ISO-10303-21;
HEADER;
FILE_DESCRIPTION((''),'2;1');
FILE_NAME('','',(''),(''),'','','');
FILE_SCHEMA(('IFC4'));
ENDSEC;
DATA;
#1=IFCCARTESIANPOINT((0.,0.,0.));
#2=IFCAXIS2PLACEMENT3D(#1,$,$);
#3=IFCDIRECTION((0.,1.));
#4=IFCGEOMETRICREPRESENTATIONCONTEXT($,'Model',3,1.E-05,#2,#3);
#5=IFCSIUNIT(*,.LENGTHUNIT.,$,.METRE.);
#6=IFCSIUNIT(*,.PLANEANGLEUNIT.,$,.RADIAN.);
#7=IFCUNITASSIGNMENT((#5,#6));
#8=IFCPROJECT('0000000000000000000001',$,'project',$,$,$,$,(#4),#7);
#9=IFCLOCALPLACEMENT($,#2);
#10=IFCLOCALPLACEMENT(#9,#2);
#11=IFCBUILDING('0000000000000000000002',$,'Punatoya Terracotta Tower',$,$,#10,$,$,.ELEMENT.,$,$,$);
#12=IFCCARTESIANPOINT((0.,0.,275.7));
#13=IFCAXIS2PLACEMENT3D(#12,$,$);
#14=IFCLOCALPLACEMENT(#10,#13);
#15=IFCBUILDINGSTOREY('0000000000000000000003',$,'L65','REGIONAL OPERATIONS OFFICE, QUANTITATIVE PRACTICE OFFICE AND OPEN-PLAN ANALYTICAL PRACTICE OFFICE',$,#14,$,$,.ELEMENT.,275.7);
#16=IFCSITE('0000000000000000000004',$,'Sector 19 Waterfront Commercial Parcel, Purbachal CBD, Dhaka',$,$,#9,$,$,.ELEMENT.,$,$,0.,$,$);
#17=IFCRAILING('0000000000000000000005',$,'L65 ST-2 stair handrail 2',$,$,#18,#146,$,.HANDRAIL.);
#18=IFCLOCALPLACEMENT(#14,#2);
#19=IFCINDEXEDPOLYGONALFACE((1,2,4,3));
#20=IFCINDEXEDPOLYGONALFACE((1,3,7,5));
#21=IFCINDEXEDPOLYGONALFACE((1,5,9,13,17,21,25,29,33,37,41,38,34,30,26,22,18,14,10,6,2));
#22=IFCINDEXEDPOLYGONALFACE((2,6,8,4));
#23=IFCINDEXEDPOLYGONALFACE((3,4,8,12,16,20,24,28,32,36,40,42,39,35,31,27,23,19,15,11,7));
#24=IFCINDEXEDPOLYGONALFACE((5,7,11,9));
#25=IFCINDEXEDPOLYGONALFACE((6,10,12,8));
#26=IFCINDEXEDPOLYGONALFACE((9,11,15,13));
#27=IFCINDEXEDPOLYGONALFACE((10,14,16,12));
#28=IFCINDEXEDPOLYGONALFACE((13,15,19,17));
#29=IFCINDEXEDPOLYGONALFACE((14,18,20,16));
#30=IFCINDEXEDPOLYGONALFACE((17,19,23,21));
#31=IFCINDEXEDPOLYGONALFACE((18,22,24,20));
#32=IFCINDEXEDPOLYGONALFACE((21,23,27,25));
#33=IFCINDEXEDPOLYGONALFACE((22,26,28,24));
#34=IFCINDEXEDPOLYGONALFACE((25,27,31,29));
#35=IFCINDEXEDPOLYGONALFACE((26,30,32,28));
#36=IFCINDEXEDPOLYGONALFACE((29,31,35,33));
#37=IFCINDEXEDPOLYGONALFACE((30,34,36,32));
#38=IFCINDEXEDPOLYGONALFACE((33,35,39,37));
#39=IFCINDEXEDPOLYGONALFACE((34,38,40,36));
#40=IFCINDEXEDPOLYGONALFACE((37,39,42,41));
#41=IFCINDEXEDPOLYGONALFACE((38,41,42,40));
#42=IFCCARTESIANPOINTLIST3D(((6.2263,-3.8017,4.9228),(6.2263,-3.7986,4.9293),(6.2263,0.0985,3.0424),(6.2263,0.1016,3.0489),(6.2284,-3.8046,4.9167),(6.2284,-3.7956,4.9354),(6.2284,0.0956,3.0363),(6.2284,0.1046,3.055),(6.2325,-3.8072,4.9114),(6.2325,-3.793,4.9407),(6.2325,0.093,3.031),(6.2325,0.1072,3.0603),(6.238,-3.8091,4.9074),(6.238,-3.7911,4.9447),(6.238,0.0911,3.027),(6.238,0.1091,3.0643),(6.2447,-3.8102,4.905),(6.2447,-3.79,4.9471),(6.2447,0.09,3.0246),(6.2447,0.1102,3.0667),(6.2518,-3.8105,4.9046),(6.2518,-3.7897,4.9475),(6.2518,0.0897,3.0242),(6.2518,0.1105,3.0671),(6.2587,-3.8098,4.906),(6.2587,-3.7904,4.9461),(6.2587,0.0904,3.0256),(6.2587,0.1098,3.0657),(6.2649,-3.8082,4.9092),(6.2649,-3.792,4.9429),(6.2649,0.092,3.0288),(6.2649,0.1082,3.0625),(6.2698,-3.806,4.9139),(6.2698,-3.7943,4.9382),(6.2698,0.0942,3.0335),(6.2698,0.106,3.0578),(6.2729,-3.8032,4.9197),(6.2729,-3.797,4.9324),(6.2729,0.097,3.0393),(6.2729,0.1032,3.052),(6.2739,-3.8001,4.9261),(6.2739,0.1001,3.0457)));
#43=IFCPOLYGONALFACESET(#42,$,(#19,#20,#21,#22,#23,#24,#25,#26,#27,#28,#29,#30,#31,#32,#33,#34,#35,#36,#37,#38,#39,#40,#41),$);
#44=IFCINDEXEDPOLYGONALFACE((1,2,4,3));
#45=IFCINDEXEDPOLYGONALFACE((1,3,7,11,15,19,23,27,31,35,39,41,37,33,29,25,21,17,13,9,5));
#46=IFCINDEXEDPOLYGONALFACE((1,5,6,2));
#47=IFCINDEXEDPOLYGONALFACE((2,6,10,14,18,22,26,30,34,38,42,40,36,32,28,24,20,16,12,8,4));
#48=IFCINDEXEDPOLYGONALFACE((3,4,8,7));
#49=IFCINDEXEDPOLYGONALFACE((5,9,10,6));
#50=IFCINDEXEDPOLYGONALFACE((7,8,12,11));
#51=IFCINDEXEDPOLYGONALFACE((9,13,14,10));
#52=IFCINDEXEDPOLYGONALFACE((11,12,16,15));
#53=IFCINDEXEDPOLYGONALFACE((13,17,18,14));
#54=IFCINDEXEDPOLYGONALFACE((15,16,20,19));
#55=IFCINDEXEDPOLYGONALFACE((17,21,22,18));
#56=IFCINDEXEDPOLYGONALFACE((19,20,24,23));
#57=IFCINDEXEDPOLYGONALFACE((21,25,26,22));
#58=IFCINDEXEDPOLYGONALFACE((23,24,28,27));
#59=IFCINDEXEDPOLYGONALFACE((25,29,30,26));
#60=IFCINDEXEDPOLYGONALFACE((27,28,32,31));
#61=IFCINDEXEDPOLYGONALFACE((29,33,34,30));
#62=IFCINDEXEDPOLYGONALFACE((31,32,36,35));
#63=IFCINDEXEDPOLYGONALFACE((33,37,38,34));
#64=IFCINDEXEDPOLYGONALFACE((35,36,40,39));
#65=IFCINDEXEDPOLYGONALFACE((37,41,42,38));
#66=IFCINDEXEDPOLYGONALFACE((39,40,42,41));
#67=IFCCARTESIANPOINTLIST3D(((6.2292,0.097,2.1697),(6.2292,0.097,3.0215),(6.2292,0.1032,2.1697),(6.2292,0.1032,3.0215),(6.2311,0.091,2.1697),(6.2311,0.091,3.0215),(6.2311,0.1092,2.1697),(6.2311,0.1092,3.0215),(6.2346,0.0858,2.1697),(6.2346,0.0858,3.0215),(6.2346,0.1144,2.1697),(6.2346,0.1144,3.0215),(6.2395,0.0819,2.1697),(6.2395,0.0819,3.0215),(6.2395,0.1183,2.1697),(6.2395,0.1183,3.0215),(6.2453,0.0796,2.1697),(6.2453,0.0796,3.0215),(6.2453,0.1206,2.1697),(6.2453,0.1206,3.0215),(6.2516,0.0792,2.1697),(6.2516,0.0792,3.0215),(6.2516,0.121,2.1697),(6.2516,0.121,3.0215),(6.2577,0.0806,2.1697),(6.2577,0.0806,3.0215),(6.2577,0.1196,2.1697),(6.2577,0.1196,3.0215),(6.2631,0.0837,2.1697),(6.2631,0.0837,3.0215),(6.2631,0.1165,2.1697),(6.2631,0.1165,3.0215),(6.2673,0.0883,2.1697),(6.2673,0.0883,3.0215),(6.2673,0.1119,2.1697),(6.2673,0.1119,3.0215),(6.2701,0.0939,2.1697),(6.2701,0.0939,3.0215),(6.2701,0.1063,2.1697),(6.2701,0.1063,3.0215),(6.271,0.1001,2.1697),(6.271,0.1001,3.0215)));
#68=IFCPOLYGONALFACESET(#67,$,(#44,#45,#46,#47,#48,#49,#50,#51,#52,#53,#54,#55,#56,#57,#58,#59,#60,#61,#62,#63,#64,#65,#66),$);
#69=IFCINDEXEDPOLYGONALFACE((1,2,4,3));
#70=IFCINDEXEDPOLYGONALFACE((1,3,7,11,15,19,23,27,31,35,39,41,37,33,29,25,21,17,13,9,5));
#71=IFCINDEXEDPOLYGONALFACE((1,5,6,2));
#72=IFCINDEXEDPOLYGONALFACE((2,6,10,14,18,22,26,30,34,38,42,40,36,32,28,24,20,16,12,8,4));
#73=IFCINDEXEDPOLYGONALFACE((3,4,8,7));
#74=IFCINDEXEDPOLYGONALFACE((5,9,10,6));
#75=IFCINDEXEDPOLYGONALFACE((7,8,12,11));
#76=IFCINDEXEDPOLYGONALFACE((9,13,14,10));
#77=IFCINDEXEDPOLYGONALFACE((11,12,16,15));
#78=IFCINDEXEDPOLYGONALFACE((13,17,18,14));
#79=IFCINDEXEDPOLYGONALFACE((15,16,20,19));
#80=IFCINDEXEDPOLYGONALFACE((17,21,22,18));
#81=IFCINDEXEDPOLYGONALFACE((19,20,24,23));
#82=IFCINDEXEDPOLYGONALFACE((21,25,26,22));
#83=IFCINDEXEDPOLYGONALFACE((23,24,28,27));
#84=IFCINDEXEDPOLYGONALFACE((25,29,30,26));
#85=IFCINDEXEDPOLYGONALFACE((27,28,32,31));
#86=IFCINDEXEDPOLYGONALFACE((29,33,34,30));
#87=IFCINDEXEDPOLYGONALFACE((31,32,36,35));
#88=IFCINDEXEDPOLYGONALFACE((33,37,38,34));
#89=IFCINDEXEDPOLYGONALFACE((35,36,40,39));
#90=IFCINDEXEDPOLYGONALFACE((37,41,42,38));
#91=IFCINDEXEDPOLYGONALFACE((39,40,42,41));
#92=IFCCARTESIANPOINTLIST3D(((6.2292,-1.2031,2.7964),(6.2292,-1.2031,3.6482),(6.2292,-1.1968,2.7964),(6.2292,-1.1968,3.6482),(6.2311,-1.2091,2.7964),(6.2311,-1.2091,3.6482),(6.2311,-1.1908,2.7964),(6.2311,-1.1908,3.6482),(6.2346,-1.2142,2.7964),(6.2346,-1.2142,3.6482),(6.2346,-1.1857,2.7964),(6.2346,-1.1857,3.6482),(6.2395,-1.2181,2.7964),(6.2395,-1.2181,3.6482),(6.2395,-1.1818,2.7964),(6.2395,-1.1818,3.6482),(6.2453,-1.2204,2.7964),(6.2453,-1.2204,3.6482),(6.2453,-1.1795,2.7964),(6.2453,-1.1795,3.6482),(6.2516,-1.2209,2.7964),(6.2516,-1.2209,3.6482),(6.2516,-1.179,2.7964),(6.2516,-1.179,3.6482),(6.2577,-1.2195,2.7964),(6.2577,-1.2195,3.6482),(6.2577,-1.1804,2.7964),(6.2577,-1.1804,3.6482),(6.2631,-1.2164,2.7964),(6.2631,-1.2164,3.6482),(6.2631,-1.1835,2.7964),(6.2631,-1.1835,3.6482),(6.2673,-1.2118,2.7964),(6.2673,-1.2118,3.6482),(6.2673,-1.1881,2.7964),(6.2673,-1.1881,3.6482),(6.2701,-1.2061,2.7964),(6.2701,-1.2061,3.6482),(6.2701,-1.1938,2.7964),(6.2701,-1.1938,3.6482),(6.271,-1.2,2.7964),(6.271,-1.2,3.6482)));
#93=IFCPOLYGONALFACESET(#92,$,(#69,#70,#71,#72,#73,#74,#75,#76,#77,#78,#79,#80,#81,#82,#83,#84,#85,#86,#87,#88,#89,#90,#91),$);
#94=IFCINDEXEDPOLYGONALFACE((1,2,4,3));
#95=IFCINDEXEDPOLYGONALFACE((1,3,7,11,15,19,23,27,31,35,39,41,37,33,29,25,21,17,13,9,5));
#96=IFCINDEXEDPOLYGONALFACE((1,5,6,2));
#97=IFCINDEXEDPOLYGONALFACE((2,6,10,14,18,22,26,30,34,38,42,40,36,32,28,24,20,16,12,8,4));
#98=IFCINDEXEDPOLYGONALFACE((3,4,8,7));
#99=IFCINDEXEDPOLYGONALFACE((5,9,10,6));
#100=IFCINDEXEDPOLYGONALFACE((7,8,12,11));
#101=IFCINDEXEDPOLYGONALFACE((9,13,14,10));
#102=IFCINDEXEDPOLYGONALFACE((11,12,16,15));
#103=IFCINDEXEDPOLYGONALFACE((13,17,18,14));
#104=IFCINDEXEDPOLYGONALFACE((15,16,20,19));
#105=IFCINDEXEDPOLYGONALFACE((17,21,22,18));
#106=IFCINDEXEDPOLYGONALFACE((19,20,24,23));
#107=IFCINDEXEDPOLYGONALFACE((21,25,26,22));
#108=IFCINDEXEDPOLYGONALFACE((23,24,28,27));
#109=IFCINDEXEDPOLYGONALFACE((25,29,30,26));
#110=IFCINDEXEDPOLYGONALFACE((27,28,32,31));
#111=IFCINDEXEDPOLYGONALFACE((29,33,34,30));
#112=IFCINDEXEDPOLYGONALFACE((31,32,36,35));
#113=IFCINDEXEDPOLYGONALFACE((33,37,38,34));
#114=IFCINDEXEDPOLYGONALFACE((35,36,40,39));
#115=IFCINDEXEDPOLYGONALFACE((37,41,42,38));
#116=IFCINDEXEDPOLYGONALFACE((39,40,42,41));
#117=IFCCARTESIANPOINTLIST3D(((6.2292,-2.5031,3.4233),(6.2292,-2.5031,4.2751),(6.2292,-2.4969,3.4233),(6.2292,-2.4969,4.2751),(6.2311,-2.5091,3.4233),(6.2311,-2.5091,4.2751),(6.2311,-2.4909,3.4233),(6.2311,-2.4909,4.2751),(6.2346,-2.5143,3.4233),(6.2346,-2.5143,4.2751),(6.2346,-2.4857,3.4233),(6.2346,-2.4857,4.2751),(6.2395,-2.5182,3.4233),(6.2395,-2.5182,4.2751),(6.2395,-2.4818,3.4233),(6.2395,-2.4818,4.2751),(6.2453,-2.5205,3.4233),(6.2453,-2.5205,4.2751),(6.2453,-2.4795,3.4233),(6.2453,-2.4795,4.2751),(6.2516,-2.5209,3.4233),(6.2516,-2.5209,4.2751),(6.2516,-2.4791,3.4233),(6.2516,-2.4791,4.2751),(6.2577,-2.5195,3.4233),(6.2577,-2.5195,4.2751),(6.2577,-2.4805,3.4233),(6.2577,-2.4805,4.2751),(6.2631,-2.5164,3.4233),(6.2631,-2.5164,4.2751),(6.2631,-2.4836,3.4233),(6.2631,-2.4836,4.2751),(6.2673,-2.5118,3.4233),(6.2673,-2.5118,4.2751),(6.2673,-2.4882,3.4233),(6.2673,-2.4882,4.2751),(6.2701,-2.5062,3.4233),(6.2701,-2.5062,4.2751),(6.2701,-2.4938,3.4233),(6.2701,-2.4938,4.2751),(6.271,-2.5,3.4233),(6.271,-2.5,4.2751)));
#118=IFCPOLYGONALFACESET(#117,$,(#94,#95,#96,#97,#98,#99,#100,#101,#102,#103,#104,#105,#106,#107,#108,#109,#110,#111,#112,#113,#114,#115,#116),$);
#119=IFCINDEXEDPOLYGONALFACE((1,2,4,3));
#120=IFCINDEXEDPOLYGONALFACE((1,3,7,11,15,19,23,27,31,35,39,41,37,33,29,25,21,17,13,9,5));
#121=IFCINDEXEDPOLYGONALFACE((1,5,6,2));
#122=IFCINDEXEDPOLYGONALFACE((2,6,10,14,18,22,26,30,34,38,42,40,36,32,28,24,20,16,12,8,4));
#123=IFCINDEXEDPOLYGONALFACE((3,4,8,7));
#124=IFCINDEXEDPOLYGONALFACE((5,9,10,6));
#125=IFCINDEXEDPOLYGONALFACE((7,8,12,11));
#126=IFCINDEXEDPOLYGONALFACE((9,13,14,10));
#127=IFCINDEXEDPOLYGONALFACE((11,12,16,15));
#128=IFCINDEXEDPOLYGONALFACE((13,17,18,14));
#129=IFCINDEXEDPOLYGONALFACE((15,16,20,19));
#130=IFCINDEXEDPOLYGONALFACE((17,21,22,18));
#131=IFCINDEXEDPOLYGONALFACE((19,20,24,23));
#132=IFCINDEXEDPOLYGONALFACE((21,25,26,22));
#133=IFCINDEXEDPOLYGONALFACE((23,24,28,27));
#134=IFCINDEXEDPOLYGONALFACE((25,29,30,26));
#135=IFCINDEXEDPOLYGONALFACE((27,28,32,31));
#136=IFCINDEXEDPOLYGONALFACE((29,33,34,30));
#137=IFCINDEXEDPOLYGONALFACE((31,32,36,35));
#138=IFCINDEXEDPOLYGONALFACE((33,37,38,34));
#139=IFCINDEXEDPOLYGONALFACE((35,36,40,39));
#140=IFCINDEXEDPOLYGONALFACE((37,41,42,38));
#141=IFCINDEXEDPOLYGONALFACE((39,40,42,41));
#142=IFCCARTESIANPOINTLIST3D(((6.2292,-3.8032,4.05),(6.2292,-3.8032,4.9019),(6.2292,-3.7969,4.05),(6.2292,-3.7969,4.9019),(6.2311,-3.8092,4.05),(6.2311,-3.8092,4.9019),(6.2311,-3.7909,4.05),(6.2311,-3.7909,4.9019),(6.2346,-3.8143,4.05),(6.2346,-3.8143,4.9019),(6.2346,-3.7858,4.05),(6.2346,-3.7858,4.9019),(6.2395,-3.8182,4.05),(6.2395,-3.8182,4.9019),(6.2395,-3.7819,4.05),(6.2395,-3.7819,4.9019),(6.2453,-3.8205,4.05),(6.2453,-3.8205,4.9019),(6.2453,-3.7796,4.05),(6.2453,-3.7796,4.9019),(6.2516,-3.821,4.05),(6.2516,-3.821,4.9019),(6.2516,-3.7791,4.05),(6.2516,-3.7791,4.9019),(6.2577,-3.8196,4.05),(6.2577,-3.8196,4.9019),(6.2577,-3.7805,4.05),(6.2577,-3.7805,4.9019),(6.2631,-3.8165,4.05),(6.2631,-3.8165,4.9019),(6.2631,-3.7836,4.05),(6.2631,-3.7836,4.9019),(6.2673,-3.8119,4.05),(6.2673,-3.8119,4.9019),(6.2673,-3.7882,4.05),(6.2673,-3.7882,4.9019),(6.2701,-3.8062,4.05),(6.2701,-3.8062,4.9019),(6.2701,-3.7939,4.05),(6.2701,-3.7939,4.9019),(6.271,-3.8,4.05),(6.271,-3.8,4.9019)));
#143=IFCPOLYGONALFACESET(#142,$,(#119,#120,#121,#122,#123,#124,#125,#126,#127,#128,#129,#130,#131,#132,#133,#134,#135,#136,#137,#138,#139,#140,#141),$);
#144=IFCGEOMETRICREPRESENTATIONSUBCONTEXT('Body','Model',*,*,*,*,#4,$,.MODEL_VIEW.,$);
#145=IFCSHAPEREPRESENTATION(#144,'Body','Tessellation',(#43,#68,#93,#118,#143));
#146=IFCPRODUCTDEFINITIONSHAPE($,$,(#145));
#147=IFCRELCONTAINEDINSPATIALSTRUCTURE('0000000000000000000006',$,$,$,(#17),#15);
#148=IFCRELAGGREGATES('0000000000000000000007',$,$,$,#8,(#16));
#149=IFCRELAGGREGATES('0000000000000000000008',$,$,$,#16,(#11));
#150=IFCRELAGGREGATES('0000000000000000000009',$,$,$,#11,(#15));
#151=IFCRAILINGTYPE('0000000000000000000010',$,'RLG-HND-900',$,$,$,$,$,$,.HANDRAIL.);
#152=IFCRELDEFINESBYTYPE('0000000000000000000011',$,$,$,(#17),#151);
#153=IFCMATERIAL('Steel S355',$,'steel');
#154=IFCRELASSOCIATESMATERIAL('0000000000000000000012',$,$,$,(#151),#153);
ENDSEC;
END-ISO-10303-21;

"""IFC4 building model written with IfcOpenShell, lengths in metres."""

from ifc_helpers import new_model, si_unit, direction, frame, origin, origin_2d, place, context, subcontext, project, spatial, circle, extrude, material, type_object, element, save


model = new_model("IFC4")

# Units and contexts
model_context = context("Model", 3, precision=1e-05, world=origin(), true_north=direction((0.0, 1.0)))
body_context = subcontext(model_context, "Body", "Model", "MODEL_VIEW")
ifc_project = project(units=[si_unit("LENGTHUNIT", "METRE"), si_unit("PLANEANGLEUNIT", "RADIAN")], contexts=[model_context])

# Site, building, storey
site_placement = place(None, origin())
site = spatial("IfcSite", under=ifc_project, at=site_placement, Name="Sector 19 Waterfront Commercial Parcel, Purbachal CBD, Dhaka", CompositionType="ELEMENT", RefElevation=0.0)
building_placement = place(site_placement, origin())
building = spatial("IfcBuilding", under=site, at=building_placement, Name="Punatoya Terracotta Tower", CompositionType="ELEMENT")
storey_placement = place(building_placement, frame((0.0, 0.0, 275.7)))
storey = spatial("IfcBuildingStorey", under=building, at=storey_placement, Name="L65", Description="REGIONAL OPERATIONS OFFICE, QUANTITATIVE PRACTICE OFFICE AND OPEN-PLAN ANALYTICAL PRACTICE OFFICE", CompositionType="ELEMENT", Elevation=275.7)

# Shared definitions
ifc_material_1 = material(Name="Steel S355", Category="steel")

# Railing
railing_type_1 = type_object("IfcRailingType", Name="RLG-HND-900", PredefinedType="HANDRAIL", material=ifc_material_1)
railing_1_placement = place(storey_placement, frame((6.25, 0.1001, 2.1697)))
element("IfcRailing", 1, at=railing_1_placement, inside=storey, type_object=railing_type_1, Name="L65 ST-2 stair handrail 2", PredefinedType="HANDRAIL", context=body_context, shape_type="SweptSolid", body=[
    extrude(circle(Radius=0.0239, at=origin_2d()), frame((0.0, 0.0, 0.876), z_axis=(0.0, -0.900774, 0.434289), x_axis=(1.0, 0.0, 0.0)), (0.0, 0.0, 1.0), 4.3298),
    extrude(circle(Radius=0.021, at=origin_2d()), origin(), (0.0, 0.0, 1.0), 0.8518),
    extrude(circle(Radius=0.021, at=origin_2d()), frame((0.0, -1.3, 0.6267)), (0.0, 0.0, 1.0), 0.8518),
    extrude(circle(Radius=0.021, at=origin_2d()), frame((0.0, -2.6001, 1.2537)), (0.0, 0.0, 1.0), 0.8518),
    extrude(circle(Radius=0.021, at=origin_2d()), frame((0.0, -3.9001, 1.8804)), (0.0, 0.0, 1.0), 0.8518),
])

save(model, "model.ifc")
